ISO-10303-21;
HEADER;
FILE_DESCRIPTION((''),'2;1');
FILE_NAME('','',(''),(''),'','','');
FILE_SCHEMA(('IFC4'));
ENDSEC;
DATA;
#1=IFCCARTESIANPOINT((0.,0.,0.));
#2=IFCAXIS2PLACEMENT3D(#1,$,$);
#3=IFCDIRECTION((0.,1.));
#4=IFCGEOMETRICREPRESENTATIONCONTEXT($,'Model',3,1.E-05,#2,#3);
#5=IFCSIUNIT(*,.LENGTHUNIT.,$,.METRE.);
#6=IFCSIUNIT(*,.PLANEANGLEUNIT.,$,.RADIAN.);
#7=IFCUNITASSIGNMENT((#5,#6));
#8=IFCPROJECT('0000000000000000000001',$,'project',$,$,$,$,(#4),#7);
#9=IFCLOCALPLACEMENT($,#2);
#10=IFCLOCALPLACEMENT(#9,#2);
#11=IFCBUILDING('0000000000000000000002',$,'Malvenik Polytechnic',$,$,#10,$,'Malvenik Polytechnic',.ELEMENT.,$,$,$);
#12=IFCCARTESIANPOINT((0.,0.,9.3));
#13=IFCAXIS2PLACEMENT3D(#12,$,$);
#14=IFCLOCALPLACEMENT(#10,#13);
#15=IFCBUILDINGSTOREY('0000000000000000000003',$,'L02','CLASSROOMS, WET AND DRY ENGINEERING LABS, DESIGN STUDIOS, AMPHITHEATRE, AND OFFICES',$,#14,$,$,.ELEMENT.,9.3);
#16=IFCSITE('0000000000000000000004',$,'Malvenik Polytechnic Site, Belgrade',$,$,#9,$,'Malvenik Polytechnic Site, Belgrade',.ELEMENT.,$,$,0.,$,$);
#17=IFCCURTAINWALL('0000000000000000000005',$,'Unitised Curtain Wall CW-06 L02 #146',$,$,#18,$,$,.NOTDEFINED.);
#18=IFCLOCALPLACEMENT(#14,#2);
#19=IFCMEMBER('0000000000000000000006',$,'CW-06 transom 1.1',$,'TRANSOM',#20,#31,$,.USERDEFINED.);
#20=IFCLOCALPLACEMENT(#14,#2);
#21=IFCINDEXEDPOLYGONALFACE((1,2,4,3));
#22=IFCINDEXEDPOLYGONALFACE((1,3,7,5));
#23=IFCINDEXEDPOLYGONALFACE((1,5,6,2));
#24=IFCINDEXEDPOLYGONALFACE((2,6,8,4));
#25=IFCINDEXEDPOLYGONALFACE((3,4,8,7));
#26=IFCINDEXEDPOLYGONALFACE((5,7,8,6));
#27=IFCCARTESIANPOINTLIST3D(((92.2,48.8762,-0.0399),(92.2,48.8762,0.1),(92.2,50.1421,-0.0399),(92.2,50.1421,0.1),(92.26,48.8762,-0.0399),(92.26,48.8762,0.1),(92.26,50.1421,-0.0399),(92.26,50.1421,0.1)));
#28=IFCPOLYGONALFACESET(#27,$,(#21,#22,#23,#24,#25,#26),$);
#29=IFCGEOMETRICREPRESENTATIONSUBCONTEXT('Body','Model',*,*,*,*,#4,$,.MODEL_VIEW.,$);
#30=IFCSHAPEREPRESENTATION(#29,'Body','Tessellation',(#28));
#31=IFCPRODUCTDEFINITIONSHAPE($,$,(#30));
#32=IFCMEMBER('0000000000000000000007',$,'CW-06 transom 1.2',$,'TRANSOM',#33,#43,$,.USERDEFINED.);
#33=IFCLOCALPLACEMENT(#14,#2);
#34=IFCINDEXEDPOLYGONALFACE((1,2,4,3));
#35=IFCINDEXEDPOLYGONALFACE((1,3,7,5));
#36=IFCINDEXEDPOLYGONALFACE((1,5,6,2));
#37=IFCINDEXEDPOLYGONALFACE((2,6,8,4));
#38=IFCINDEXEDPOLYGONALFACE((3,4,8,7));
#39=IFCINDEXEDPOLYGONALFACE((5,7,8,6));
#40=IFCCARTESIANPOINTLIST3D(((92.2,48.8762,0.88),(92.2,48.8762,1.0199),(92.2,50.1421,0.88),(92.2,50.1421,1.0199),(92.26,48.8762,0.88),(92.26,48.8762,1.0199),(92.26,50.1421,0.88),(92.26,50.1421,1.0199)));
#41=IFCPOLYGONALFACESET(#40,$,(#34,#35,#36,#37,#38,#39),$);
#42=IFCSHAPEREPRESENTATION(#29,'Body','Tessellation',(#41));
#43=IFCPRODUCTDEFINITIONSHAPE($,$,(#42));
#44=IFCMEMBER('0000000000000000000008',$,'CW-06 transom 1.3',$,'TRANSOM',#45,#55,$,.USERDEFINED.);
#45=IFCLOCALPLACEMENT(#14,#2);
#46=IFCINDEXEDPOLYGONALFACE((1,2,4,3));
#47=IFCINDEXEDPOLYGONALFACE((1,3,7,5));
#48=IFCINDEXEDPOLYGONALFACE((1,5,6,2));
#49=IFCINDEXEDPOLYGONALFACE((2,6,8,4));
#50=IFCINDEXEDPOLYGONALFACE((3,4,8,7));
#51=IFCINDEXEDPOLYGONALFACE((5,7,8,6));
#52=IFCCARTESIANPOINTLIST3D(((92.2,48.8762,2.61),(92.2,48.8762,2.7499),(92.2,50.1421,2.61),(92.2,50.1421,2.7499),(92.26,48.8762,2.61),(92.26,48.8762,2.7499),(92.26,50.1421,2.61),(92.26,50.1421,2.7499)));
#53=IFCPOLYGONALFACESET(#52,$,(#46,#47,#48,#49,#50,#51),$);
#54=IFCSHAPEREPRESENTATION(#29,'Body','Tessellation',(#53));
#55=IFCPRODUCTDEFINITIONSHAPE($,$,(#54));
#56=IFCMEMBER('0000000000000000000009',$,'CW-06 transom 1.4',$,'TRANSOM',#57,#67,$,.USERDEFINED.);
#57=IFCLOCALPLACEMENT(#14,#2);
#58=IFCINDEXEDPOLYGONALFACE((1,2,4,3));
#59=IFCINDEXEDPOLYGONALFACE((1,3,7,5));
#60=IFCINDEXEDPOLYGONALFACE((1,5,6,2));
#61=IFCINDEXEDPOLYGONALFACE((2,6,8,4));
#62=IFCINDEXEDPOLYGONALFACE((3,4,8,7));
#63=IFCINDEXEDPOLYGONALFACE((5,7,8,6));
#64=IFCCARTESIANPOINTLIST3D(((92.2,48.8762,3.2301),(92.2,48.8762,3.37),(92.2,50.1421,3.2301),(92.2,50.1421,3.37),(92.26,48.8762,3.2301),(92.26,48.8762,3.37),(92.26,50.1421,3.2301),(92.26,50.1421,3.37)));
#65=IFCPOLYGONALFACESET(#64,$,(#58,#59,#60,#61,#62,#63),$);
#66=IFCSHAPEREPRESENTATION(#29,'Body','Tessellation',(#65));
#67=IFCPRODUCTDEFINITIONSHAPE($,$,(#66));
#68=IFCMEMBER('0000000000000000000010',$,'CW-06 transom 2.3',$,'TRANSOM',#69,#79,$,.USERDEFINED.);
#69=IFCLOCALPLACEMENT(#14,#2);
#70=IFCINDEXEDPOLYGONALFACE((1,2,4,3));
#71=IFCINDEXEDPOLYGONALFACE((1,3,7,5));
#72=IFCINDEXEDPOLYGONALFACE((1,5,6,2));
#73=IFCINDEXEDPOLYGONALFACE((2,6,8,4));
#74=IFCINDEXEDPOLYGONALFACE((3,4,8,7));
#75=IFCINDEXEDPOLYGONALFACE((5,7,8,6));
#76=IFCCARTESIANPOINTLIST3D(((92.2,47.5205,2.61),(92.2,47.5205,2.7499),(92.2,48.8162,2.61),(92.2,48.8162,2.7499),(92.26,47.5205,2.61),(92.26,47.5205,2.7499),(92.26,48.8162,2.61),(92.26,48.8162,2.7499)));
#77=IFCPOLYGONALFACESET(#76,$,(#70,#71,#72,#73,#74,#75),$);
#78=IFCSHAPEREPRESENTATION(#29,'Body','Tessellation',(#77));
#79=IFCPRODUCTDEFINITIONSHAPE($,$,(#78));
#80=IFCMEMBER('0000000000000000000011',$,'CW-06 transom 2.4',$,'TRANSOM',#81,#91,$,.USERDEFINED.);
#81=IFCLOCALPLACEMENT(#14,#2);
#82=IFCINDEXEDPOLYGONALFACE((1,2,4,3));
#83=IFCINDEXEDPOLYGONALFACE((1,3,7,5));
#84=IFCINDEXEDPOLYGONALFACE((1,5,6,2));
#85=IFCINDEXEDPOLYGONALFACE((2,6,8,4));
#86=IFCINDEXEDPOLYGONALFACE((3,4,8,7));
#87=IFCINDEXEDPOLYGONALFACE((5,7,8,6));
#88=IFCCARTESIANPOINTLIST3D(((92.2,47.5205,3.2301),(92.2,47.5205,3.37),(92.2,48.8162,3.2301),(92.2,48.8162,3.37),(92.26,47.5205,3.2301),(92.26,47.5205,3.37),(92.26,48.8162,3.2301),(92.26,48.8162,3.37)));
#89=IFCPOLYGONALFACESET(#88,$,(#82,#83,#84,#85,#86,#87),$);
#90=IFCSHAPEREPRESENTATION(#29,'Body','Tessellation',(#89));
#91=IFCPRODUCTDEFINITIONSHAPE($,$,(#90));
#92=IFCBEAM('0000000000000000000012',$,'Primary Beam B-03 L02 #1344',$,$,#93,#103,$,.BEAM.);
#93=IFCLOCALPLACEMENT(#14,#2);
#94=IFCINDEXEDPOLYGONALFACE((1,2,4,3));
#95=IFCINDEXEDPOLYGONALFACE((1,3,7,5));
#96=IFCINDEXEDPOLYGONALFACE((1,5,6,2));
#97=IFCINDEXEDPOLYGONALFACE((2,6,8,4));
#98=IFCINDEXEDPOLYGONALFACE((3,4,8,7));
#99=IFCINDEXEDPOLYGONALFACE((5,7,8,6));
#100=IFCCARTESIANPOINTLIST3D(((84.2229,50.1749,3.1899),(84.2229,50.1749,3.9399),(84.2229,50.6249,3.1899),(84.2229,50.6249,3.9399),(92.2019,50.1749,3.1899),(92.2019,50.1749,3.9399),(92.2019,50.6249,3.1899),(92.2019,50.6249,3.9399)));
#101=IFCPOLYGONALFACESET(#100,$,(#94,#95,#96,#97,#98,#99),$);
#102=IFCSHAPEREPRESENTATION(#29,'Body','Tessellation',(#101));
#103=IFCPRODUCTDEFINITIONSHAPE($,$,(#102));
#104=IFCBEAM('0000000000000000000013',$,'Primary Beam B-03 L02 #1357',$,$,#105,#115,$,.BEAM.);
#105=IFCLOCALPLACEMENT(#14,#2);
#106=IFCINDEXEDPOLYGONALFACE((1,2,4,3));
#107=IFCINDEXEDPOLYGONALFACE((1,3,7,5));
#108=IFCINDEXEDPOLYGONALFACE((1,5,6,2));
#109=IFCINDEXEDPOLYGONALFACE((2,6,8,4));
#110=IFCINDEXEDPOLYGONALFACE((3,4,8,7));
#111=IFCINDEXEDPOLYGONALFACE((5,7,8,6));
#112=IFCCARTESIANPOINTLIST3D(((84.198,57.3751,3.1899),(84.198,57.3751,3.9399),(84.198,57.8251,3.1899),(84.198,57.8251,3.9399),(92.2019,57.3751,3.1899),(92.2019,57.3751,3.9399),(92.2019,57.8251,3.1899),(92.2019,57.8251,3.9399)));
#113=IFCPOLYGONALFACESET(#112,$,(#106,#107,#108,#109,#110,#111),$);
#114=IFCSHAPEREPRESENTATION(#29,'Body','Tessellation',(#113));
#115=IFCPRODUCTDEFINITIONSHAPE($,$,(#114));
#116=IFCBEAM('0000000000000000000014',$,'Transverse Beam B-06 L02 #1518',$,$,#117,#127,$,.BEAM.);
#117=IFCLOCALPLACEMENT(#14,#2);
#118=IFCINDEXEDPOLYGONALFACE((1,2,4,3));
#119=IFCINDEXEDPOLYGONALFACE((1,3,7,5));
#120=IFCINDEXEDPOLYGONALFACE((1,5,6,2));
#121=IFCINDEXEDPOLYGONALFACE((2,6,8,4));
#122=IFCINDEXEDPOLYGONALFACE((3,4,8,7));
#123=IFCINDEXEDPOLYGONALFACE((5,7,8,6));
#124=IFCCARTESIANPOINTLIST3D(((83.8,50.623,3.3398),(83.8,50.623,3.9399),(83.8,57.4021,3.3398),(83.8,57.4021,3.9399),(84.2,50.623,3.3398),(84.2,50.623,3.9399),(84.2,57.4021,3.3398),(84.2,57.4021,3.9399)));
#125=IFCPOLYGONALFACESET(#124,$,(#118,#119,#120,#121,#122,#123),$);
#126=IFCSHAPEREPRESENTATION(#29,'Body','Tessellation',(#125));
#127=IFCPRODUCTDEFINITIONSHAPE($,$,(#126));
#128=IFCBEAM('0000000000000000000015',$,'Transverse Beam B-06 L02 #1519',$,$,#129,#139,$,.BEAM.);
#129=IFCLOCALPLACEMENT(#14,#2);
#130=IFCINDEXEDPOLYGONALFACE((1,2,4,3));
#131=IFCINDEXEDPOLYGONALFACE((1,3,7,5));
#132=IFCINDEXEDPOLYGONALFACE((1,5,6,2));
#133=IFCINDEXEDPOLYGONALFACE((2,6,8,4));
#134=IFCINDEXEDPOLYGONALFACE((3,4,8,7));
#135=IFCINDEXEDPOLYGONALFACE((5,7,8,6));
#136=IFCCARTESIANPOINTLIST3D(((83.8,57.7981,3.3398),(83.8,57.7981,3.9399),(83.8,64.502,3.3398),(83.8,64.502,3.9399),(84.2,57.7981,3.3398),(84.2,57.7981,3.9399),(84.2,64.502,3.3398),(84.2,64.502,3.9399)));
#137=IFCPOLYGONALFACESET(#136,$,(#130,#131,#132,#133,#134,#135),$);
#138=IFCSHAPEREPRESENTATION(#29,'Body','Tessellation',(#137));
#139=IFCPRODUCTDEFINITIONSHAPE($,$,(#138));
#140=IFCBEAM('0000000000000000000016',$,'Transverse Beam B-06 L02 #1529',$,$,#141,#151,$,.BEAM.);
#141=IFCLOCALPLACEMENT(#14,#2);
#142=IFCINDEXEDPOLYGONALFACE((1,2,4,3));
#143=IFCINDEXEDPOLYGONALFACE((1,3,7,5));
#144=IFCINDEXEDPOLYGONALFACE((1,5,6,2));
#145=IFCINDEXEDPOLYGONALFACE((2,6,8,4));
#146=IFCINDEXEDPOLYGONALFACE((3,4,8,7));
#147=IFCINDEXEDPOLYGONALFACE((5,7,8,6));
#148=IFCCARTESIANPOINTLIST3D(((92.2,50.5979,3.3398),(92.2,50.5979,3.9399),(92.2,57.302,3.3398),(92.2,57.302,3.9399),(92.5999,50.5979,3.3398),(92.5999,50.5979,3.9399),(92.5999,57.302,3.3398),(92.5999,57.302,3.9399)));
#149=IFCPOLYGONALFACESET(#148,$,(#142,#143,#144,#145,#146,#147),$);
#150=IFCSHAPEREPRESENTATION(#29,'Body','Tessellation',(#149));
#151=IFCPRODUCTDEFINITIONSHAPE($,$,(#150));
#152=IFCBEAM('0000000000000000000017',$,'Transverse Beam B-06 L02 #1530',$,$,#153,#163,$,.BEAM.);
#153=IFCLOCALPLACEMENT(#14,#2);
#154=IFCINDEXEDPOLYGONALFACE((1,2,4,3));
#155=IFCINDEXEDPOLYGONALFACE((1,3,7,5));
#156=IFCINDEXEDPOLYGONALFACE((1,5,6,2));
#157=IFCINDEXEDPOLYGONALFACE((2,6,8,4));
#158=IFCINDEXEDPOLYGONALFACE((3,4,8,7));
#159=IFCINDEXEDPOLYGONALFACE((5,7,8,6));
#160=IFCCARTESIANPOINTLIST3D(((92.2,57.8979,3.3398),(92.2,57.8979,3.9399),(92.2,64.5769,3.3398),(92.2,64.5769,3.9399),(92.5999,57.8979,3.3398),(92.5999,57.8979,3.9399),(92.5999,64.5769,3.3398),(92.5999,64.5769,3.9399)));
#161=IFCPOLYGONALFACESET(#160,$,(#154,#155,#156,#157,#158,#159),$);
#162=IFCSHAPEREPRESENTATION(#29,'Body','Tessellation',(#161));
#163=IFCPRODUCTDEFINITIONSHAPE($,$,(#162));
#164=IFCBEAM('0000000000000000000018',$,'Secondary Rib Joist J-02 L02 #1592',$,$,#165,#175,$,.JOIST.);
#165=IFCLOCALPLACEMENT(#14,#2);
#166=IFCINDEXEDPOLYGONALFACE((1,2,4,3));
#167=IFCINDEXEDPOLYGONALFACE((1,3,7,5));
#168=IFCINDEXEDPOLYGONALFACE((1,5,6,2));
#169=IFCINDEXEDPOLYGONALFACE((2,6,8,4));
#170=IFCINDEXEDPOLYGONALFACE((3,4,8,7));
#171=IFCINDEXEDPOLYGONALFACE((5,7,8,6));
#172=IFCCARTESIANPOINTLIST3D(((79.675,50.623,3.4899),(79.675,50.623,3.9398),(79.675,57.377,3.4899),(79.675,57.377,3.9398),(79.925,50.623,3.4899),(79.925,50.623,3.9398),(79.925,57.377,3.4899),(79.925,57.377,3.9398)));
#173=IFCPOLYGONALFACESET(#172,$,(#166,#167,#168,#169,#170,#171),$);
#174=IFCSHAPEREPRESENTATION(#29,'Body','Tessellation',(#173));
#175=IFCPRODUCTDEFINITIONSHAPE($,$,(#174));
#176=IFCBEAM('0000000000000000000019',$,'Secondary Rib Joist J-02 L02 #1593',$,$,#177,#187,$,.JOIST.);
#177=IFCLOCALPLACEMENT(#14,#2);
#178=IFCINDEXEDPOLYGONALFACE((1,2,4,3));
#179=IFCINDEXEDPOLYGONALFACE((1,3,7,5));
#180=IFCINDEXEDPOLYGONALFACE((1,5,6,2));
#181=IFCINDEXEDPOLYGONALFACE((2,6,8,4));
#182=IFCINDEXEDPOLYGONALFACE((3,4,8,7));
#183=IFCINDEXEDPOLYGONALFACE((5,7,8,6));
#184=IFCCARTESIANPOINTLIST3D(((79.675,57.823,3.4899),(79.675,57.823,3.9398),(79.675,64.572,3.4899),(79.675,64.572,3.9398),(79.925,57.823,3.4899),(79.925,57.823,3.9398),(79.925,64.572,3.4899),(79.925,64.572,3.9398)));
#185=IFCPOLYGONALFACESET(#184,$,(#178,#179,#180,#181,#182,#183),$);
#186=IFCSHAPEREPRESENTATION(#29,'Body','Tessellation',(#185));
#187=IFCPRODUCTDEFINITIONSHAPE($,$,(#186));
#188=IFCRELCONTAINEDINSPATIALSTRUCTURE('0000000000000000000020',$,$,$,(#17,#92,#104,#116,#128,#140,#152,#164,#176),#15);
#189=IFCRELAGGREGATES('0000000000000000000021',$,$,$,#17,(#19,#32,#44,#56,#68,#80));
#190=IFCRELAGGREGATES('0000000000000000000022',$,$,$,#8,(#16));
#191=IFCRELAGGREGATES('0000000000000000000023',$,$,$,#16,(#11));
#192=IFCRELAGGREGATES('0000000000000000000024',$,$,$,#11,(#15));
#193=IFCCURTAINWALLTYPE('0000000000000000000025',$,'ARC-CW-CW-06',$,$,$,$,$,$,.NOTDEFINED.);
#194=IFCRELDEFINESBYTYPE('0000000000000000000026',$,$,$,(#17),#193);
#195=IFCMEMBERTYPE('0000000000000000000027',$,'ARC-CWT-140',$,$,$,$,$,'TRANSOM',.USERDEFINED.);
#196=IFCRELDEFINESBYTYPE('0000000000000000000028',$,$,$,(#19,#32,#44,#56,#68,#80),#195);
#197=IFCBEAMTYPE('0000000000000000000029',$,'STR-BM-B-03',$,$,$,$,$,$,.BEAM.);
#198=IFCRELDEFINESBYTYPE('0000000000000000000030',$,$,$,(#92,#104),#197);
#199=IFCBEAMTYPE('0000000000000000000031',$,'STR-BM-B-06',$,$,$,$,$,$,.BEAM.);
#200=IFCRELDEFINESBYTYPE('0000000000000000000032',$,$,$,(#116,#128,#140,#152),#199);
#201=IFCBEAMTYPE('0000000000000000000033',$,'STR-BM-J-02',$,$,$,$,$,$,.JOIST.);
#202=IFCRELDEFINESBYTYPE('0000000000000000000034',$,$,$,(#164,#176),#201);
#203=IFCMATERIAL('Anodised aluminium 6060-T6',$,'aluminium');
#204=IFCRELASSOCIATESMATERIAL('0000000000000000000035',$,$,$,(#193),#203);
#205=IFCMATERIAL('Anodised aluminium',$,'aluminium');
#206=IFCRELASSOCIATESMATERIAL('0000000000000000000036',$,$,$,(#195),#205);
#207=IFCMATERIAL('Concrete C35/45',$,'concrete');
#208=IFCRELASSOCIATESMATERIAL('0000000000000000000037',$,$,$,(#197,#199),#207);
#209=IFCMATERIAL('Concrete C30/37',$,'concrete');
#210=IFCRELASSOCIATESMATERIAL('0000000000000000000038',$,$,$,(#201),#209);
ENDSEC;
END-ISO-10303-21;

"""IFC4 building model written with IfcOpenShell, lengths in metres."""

from ifc_helpers import new_model, si_unit, direction, frame, origin, origin_2d, place, context, subcontext, project, spatial, rectangle, extrude, material, material_profile, profile_set, type_object, element, aggregate, save


model = new_model("IFC4")

# Units and contexts
model_context = context("Model", 3, precision=1e-05, world=origin(), true_north=direction((0.0, 1.0)))
body_context = subcontext(model_context, "Body", "Model", "MODEL_VIEW")
ifc_project = project(units=[si_unit("LENGTHUNIT", "METRE"), si_unit("PLANEANGLEUNIT", "RADIAN")], contexts=[model_context])

# Site, building, storey
site_placement = place(None, origin())
site = spatial("IfcSite", under=ifc_project, at=site_placement, Name="Malvenik Polytechnic Site, Belgrade", LongName="Malvenik Polytechnic Site, Belgrade", CompositionType="ELEMENT", RefElevation=0.0)
building_placement = place(site_placement, origin())
building = spatial("IfcBuilding", under=site, at=building_placement, Name="Malvenik Polytechnic", LongName="Malvenik Polytechnic", CompositionType="ELEMENT")
storey_placement = place(building_placement, frame((0.0, 0.0, 9.3)))
storey = spatial("IfcBuildingStorey", under=building, at=storey_placement, Name="L02", Description="CLASSROOMS, WET AND DRY ENGINEERING LABS, DESIGN STUDIOS, AMPHITHEATRE, AND OFFICES", CompositionType="ELEMENT", Elevation=9.3)

# Shared definitions
ifc_material_1 = material(Name="Concrete C35/45", Category="concrete")
ifc_material_2 = material(Name="Concrete C30/37", Category="concrete")

# Curtain wall
ifc_material_3 = material(Name="Anodised aluminium 6060-T6", Category="aluminium")
curtain_wall_type_1 = type_object("IfcCurtainWallType", Name="ARC-CW-CW-06", PredefinedType="NOTDEFINED", material=ifc_material_3)
curtain_wall_1_placement = place(storey_placement, origin())
curtain_wall_1 = element("IfcCurtainWall", 1, at=curtain_wall_1_placement, inside=storey, type_object=curtain_wall_type_1, Name="Unitised Curtain Wall CW-06 L02 #146", PredefinedType="NOTDEFINED")
ifc_material_4 = material(Name="Anodised aluminium", Category="aluminium")

# Members
ifc_material_profile_1 = material_profile(ifc_material_4, rectangle(XDim=0.0601, YDim=0.1399, at=origin_2d()), Name="ALU TRANSOM 60x140")
ifc_profile_set_1 = profile_set([ifc_material_profile_1], Name="Anodised aluminium")
member_type_1 = type_object("IfcMemberType", Name="ARC-CWT-140", ElementType="TRANSOM", PredefinedType="USERDEFINED", material=ifc_profile_set_1)
member_1_placement = place(storey_placement, frame((92.23, 50.1421, 0.03), z_axis=(0.0, -1.0, 0.0), x_axis=(1.0, 0.0, 0.0)))
member_1 = element("IfcMember", 2, at=member_1_placement, type_object=member_type_1, Name="CW-06 transom 1.1", ObjectType="TRANSOM", PredefinedType="USERDEFINED", context=body_context, shape_type="SweptSolid", body=[
    extrude(rectangle(XDim=0.0601, YDim=0.1399, at=origin_2d()), origin(), (0.0, 0.0, 1.0), 1.2659),
])
member_2_placement = place(storey_placement, frame((92.23, 50.1421, 0.95), z_axis=(0.0, -1.0, 0.0), x_axis=(1.0, 0.0, 0.0)))
member_2 = element("IfcMember", 3, at=member_2_placement, type_object=member_type_1, Name="CW-06 transom 1.2", ObjectType="TRANSOM", PredefinedType="USERDEFINED", context=body_context, shape_type="SweptSolid", body=[
    extrude(rectangle(XDim=0.0601, YDim=0.1399, at=origin_2d()), origin(), (0.0, 0.0, 1.0), 1.2659),
])
member_3_placement = place(storey_placement, frame((92.23, 50.1421, 2.6799), z_axis=(0.0, -1.0, 0.0), x_axis=(1.0, 0.0, 0.0)))
member_3 = element("IfcMember", 4, at=member_3_placement, type_object=member_type_1, Name="CW-06 transom 1.3", ObjectType="TRANSOM", PredefinedType="USERDEFINED", context=body_context, shape_type="SweptSolid", body=[
    extrude(rectangle(XDim=0.0601, YDim=0.1399, at=origin_2d()), origin(), (0.0, 0.0, 1.0), 1.2659),
])
member_4_placement = place(storey_placement, frame((92.23, 50.1421, 3.3), z_axis=(0.0, -1.0, 0.0), x_axis=(1.0, 0.0, 0.0)))
member_4 = element("IfcMember", 5, at=member_4_placement, type_object=member_type_1, Name="CW-06 transom 1.4", ObjectType="TRANSOM", PredefinedType="USERDEFINED", context=body_context, shape_type="SweptSolid", body=[
    extrude(rectangle(XDim=0.0601, YDim=0.1399, at=origin_2d()), origin(), (0.0, 0.0, 1.0), 1.2659),
])
member_5_placement = place(storey_placement, frame((92.23, 48.8162, 2.6799), z_axis=(0.0, -1.0, 0.0), x_axis=(1.0, 0.0, 0.0)))
member_5 = element("IfcMember", 6, at=member_5_placement, type_object=member_type_1, Name="CW-06 transom 2.3", ObjectType="TRANSOM", PredefinedType="USERDEFINED", context=body_context, shape_type="SweptSolid", body=[
    extrude(rectangle(XDim=0.0601, YDim=0.1399, at=origin_2d()), origin(), (0.0, 0.0, 1.0), 1.2957),
])
member_6_placement = place(storey_placement, frame((92.23, 48.8162, 3.3), z_axis=(0.0, -1.0, 0.0), x_axis=(1.0, 0.0, 0.0)))
member_6 = element("IfcMember", 7, at=member_6_placement, type_object=member_type_1, Name="CW-06 transom 2.4", ObjectType="TRANSOM", PredefinedType="USERDEFINED", context=body_context, shape_type="SweptSolid", body=[
    extrude(rectangle(XDim=0.0601, YDim=0.1399, at=origin_2d()), origin(), (0.0, 0.0, 1.0), 1.2957),
])

# Beams
ifc_material_profile_2 = material_profile(ifc_material_1, rectangle(XDim=0.45, YDim=0.75, at=origin_2d()), Name="RC BM 450x750")
ifc_profile_set_2 = profile_set([ifc_material_profile_2], Name="Concrete C35/45")
beam_type_1 = type_object("IfcBeamType", Name="STR-BM-B-03", PredefinedType="BEAM", material=ifc_profile_set_2)
beam_1_placement = place(storey_placement, frame((84.2229, 50.3999, 3.5649), z_axis=(1.0, 0.0, 0.0), x_axis=(0.0, 1.0, 0.0)))
element("IfcBeam", 8, at=beam_1_placement, inside=storey, type_object=beam_type_1, Name="Primary Beam B-03 L02 #1344", PredefinedType="BEAM", context=body_context, shape_type="SweptSolid", body=[
    extrude(rectangle(XDim=0.45, YDim=0.75, at=origin_2d()), origin(), (0.0, 0.0, 1.0), 7.979),
])
beam_2_placement = place(storey_placement, frame((84.198, 57.6001, 3.5649), z_axis=(1.0, 0.0, 0.0), x_axis=(0.0, 1.0, 0.0)))
element("IfcBeam", 9, at=beam_2_placement, inside=storey, type_object=beam_type_1, Name="Primary Beam B-03 L02 #1357", PredefinedType="BEAM", context=body_context, shape_type="SweptSolid", body=[
    extrude(rectangle(XDim=0.45, YDim=0.75, at=origin_2d()), origin(), (0.0, 0.0, 1.0), 8.0039),
])
ifc_material_profile_3 = material_profile(ifc_material_1, rectangle(XDim=0.3999, YDim=0.6001, at=origin_2d()), Name="RC BM 400x600")
ifc_profile_set_3 = profile_set([ifc_material_profile_3], Name="Concrete C35/45")
beam_type_2 = type_object("IfcBeamType", Name="STR-BM-B-06", PredefinedType="BEAM", material=ifc_profile_set_3)
beam_3_placement = place(storey_placement, frame((84.0, 50.623, 3.6399), z_axis=(0.0, 1.0, 0.0), x_axis=(-1.0, 0.0, 0.0)))
element("IfcBeam", 10, at=beam_3_placement, inside=storey, type_object=beam_type_2, Name="Transverse Beam B-06 L02 #1518", PredefinedType="BEAM", context=body_context, shape_type="SweptSolid", body=[
    extrude(rectangle(XDim=0.3999, YDim=0.6001, at=origin_2d()), origin(), (0.0, 0.0, 1.0), 6.7791),
])
beam_4_placement = place(storey_placement, frame((84.0, 57.7981, 3.6399), z_axis=(0.0, 1.0, 0.0), x_axis=(-1.0, 0.0, 0.0)))
element("IfcBeam", 11, at=beam_4_placement, inside=storey, type_object=beam_type_2, Name="Transverse Beam B-06 L02 #1519", PredefinedType="BEAM", context=body_context, shape_type="SweptSolid", body=[
    extrude(rectangle(XDim=0.3999, YDim=0.6001, at=origin_2d()), origin(), (0.0, 0.0, 1.0), 6.7039),
])
beam_5_placement = place(storey_placement, frame((92.3999, 50.5979, 3.6399), z_axis=(0.0, 1.0, 0.0), x_axis=(-1.0, 0.0, 0.0)))
element("IfcBeam", 12, at=beam_5_placement, inside=storey, type_object=beam_type_2, Name="Transverse Beam B-06 L02 #1529", PredefinedType="BEAM", context=body_context, shape_type="SweptSolid", body=[
    extrude(rectangle(XDim=0.3999, YDim=0.6001, at=origin_2d()), origin(), (0.0, 0.0, 1.0), 6.7041),
])
beam_6_placement = place(storey_placement, frame((92.3999, 57.8979, 3.6399), z_axis=(0.0, 1.0, 0.0), x_axis=(-1.0, 0.0, 0.0)))
element("IfcBeam", 13, at=beam_6_placement, inside=storey, type_object=beam_type_2, Name="Transverse Beam B-06 L02 #1530", PredefinedType="BEAM", context=body_context, shape_type="SweptSolid", body=[
    extrude(rectangle(XDim=0.3999, YDim=0.6001, at=origin_2d()), origin(), (0.0, 0.0, 1.0), 6.679),
])
ifc_material_profile_4 = material_profile(ifc_material_2, rectangle(XDim=0.25, YDim=0.45, at=origin_2d()), Name="RC JST 250x450")
ifc_profile_set_4 = profile_set([ifc_material_profile_4], Name="Concrete C30/37")
beam_type_3 = type_object("IfcBeamType", Name="STR-BM-J-02", PredefinedType="JOIST", material=ifc_profile_set_4)
beam_7_placement = place(storey_placement, frame((79.8, 50.623, 3.7148), z_axis=(0.0, 1.0, 0.0), x_axis=(-1.0, 0.0, 0.0)))
element("IfcBeam", 14, at=beam_7_placement, inside=storey, type_object=beam_type_3, Name="Secondary Rib Joist J-02 L02 #1592", PredefinedType="JOIST", context=body_context, shape_type="SweptSolid", body=[
    extrude(rectangle(XDim=0.25, YDim=0.45, at=origin_2d()), origin(), (0.0, 0.0, 1.0), 6.7539),
])
beam_8_placement = place(storey_placement, frame((79.8, 57.823, 3.7148), z_axis=(0.0, 1.0, 0.0), x_axis=(-1.0, 0.0, 0.0)))
element("IfcBeam", 15, at=beam_8_placement, inside=storey, type_object=beam_type_3, Name="Secondary Rib Joist J-02 L02 #1593", PredefinedType="JOIST", context=body_context, shape_type="SweptSolid", body=[
    extrude(rectangle(XDim=0.25, YDim=0.45, at=origin_2d()), origin(), (0.0, 0.0, 1.0), 6.749),
])

aggregate(curtain_wall_1, [member_1, member_2, member_3, member_4, member_5, member_6])

save(model, "model.ifc")
